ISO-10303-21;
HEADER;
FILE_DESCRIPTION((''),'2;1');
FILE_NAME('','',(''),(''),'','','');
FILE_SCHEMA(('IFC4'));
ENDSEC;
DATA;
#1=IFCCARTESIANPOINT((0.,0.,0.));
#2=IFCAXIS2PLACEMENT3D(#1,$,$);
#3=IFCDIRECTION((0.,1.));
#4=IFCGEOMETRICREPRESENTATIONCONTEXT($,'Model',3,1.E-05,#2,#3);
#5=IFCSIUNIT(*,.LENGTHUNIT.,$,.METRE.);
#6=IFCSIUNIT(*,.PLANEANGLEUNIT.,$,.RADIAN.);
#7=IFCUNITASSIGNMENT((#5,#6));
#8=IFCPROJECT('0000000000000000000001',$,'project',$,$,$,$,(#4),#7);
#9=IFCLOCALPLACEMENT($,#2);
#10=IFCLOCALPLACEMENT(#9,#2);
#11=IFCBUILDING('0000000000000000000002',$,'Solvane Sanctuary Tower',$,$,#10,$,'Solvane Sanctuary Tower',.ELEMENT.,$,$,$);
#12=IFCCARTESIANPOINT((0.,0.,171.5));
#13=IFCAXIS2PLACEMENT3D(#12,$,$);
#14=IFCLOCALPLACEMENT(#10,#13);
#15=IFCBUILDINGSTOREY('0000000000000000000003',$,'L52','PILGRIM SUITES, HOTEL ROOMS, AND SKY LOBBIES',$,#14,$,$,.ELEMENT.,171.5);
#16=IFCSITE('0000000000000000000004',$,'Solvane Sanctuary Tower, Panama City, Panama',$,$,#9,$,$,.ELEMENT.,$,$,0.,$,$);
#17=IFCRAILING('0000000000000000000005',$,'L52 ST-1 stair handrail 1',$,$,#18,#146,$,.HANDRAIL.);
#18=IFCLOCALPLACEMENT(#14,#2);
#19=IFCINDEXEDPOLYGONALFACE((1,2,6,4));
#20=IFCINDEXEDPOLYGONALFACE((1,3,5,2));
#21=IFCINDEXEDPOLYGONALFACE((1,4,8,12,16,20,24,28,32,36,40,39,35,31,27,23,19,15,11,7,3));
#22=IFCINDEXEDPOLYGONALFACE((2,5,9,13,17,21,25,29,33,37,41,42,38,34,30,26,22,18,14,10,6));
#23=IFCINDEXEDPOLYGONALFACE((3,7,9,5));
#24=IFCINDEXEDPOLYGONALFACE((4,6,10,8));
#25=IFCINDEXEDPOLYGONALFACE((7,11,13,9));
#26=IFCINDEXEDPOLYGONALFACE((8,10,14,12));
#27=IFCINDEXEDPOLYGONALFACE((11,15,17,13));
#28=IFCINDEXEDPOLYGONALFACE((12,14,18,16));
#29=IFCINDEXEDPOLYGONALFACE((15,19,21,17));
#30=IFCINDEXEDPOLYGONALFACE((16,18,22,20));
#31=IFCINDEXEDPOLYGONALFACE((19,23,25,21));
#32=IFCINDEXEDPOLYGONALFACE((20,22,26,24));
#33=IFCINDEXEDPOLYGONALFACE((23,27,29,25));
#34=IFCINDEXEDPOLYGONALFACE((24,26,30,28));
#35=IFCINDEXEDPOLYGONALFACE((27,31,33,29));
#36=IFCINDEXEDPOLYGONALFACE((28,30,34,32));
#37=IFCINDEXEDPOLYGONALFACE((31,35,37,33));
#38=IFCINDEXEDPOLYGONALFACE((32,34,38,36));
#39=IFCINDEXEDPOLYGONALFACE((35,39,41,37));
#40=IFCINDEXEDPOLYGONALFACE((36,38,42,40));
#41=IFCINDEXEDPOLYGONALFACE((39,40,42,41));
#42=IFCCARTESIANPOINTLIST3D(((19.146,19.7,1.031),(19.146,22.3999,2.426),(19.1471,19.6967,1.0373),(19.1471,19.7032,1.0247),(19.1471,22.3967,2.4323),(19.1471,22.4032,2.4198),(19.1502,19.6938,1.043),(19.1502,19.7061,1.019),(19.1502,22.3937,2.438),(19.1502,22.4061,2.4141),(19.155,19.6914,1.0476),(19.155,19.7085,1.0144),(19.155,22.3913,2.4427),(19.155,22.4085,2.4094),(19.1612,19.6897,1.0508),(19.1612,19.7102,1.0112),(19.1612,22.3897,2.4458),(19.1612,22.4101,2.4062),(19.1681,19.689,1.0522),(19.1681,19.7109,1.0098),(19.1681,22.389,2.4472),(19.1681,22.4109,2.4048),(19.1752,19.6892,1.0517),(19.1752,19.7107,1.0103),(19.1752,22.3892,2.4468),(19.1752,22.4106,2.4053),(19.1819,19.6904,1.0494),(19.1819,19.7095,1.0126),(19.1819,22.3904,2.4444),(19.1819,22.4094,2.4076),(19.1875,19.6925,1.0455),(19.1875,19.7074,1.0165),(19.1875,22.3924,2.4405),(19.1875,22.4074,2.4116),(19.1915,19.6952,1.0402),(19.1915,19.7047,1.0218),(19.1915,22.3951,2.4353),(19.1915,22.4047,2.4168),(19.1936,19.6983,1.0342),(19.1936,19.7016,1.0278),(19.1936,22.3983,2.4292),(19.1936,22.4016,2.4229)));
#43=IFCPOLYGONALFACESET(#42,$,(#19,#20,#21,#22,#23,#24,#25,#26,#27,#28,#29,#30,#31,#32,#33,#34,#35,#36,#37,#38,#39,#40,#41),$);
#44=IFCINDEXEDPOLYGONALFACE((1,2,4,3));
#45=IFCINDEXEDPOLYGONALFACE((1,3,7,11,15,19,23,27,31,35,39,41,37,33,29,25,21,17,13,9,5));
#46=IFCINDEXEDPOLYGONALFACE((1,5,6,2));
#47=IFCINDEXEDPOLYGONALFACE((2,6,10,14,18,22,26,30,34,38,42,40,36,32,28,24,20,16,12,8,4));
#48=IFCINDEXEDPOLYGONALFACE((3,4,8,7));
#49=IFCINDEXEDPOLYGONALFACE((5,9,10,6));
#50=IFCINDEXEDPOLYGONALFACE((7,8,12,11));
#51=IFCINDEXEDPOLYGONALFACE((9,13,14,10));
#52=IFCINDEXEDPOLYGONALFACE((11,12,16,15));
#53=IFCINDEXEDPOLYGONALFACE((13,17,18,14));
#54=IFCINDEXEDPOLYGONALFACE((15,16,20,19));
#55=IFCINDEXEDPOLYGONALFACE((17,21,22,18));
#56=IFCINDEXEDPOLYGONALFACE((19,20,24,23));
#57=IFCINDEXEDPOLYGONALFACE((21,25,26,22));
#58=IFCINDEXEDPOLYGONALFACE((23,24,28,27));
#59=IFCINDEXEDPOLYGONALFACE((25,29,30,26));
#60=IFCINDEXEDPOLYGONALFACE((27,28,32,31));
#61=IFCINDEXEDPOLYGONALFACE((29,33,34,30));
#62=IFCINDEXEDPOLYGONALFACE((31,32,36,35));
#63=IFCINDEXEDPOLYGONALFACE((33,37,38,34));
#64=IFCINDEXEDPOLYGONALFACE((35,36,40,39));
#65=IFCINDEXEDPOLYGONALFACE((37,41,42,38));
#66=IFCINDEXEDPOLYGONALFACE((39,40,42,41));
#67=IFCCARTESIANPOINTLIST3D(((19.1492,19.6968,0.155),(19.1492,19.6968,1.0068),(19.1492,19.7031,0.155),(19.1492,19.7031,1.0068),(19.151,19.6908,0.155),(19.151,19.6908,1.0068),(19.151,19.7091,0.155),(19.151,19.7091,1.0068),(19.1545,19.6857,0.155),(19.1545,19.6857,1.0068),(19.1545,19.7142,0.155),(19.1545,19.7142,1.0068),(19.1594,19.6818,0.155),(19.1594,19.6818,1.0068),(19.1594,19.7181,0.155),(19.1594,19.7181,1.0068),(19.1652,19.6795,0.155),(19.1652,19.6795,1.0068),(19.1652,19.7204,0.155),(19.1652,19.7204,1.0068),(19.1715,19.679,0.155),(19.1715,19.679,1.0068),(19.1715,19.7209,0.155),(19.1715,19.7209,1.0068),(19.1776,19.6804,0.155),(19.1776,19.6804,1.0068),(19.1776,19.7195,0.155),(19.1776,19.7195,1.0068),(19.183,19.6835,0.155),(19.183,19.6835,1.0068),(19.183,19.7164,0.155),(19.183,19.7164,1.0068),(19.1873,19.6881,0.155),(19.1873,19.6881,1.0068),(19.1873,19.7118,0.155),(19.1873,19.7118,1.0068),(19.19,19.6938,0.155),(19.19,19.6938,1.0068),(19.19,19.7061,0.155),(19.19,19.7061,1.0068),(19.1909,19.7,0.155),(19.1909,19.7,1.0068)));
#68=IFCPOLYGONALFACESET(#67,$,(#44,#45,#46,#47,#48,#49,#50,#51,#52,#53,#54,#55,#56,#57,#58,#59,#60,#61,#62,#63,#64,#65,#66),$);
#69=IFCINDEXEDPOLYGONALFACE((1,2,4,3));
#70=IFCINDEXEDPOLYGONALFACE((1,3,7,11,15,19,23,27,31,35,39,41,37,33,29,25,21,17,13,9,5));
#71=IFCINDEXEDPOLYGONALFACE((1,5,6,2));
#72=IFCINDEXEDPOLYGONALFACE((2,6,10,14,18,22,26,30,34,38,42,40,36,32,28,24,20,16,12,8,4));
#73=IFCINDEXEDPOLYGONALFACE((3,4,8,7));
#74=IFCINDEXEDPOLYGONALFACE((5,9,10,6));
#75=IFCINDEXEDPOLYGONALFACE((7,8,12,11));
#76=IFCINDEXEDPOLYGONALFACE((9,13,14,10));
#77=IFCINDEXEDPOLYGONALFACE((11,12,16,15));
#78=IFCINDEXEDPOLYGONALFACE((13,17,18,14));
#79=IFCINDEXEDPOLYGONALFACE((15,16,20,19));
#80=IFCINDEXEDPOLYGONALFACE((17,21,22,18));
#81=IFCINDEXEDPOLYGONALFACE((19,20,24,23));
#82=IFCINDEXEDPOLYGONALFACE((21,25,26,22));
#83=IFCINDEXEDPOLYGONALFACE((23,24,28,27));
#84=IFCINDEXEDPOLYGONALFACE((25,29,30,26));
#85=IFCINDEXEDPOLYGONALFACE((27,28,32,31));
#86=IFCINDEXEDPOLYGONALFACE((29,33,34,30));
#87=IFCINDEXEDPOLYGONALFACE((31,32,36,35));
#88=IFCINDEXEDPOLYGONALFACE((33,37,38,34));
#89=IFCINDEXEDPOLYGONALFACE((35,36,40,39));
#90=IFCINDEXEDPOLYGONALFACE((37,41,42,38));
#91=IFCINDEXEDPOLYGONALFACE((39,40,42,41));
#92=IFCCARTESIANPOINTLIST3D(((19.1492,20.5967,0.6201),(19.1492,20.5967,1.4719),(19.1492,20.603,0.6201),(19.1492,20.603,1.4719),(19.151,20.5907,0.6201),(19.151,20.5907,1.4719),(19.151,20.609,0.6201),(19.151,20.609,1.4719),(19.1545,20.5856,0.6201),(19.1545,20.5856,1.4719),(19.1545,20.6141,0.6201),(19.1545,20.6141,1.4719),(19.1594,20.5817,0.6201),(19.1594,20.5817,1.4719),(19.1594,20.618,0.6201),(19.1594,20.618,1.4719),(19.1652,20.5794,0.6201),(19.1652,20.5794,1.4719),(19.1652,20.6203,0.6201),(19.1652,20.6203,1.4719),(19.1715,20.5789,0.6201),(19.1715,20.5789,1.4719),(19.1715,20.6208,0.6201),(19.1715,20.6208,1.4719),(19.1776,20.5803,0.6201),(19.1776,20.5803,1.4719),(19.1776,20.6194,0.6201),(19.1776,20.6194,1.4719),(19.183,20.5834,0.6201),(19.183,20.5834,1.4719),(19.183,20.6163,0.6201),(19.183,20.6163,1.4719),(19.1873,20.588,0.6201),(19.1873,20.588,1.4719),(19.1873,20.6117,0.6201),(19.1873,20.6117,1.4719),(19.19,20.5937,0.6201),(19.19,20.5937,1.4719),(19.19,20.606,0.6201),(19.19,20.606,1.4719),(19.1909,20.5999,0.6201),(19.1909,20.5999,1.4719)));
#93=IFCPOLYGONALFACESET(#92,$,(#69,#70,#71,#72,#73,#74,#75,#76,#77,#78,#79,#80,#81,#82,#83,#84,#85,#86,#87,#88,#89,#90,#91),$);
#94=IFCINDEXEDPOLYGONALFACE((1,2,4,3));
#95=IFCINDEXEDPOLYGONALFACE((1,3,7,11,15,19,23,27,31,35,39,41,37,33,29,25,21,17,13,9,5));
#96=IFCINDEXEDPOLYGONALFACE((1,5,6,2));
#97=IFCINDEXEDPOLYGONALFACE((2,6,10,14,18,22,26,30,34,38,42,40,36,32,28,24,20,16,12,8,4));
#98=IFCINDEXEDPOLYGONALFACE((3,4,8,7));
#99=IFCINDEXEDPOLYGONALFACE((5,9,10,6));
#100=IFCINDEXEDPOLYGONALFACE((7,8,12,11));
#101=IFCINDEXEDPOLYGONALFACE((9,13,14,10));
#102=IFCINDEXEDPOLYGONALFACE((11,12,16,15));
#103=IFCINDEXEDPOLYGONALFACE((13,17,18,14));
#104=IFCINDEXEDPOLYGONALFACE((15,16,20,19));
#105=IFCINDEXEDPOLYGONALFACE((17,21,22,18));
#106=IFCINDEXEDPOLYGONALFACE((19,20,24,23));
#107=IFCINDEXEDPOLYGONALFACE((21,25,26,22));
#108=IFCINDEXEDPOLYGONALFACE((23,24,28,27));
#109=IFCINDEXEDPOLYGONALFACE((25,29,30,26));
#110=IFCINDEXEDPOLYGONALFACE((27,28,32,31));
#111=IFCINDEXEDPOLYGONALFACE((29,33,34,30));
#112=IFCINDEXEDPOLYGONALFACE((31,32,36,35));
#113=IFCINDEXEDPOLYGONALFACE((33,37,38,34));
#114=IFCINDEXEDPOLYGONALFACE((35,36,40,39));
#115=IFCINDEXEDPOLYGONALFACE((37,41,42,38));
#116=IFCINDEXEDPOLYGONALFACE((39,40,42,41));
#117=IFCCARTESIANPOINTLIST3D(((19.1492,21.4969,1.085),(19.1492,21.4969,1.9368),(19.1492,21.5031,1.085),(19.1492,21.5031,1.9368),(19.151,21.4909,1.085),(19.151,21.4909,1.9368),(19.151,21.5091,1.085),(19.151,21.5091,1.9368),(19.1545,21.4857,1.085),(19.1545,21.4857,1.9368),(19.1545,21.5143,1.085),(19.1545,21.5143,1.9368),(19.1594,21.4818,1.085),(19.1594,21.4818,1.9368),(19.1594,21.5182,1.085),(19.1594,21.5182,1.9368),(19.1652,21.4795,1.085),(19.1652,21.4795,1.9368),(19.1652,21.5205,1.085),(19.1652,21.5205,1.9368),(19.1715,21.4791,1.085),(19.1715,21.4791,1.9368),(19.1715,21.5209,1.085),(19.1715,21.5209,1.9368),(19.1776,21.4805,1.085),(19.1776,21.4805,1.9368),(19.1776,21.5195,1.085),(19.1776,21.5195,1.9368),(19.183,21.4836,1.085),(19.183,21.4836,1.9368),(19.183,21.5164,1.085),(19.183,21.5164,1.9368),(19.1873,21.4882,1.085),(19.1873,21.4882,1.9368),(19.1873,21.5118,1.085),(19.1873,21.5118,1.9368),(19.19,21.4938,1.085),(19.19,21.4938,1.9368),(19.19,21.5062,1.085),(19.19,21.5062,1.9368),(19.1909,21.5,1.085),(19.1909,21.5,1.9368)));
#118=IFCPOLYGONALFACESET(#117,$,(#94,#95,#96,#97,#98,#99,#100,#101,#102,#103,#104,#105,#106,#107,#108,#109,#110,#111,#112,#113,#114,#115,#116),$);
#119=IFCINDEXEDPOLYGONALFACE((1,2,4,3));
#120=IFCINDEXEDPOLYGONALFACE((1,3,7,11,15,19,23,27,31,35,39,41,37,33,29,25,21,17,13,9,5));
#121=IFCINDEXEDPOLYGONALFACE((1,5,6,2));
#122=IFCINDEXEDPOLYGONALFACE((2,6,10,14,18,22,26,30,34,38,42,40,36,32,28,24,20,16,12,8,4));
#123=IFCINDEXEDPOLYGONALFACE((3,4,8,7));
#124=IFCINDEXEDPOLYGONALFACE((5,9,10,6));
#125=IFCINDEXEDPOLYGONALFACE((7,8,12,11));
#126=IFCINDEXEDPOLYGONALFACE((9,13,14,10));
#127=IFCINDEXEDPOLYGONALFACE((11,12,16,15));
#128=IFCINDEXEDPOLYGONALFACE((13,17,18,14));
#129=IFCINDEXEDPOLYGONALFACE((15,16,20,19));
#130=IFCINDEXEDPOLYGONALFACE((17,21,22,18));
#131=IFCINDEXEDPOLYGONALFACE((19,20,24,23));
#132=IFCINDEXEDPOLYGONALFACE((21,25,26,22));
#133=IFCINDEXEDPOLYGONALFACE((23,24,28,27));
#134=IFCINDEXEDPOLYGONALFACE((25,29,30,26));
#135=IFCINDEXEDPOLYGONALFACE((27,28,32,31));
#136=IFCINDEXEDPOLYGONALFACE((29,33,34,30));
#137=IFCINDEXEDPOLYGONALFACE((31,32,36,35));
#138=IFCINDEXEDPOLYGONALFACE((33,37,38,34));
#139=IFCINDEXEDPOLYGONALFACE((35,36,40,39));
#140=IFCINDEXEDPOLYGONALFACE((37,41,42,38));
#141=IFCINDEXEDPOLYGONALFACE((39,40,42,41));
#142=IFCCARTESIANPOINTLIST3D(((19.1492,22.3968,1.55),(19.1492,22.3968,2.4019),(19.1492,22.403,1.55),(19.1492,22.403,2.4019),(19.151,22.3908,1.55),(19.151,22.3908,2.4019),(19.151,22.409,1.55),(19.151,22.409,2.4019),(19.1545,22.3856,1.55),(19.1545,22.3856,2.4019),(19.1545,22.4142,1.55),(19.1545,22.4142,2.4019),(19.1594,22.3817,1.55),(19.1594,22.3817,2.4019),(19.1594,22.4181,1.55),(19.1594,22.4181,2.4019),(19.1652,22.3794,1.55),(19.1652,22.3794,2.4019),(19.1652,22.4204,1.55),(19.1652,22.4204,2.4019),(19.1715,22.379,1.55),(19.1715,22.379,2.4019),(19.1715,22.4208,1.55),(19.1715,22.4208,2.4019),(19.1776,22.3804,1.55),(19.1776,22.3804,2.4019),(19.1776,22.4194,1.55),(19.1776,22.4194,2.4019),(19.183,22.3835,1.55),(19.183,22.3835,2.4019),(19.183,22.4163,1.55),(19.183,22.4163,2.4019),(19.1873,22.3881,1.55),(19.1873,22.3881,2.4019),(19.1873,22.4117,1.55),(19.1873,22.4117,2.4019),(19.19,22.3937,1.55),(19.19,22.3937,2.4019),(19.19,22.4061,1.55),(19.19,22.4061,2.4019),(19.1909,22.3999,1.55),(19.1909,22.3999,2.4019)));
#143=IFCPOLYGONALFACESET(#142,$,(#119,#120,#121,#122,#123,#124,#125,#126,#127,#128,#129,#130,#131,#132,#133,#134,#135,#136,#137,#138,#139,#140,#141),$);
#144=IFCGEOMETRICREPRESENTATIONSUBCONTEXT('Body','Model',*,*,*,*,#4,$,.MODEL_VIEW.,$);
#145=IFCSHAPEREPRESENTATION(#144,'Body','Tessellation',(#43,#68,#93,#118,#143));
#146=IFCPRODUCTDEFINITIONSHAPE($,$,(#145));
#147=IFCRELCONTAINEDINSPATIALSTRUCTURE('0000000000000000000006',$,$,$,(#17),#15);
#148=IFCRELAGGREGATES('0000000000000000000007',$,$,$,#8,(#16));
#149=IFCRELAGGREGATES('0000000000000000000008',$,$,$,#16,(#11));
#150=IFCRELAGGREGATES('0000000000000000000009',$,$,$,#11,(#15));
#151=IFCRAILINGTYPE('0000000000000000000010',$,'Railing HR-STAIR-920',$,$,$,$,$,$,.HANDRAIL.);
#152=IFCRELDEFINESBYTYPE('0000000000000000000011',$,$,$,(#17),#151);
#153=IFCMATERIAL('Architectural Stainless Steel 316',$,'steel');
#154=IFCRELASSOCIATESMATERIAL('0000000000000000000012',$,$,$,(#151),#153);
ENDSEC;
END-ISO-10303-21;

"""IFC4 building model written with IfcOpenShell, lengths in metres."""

from ifc_helpers import new_model, si_unit, direction, frame, origin, origin_2d, place, context, subcontext, project, spatial, circle, extrude, material, type_object, element, save


model = new_model("IFC4")

# Units and contexts
model_context = context("Model", 3, precision=1e-05, world=origin(), true_north=direction((0.0, 1.0)))
body_context = subcontext(model_context, "Body", "Model", "MODEL_VIEW")
ifc_project = project(units=[si_unit("LENGTHUNIT", "METRE"), si_unit("PLANEANGLEUNIT", "RADIAN")], contexts=[model_context])

# Site, building, storey
site_placement = place(None, origin())
site = spatial("IfcSite", under=ifc_project, at=site_placement, Name="Solvane Sanctuary Tower, Panama City, Panama", CompositionType="ELEMENT", RefElevation=0.0)
building_placement = place(site_placement, origin())
building = spatial("IfcBuilding", under=site, at=building_placement, Name="Solvane Sanctuary Tower", LongName="Solvane Sanctuary Tower", CompositionType="ELEMENT")
storey_placement = place(building_placement, frame((0.0, 0.0, 171.5)))
storey = spatial("IfcBuildingStorey", under=building, at=storey_placement, Name="L52", Description="PILGRIM SUITES, HOTEL ROOMS, AND SKY LOBBIES", CompositionType="ELEMENT", Elevation=171.5)

# Shared definitions
ifc_material_1 = material(Name="Architectural Stainless Steel 316", Category="steel")

# Railing
railing_type_1 = type_object("IfcRailingType", Name="Railing HR-STAIR-920", PredefinedType="HANDRAIL", material=ifc_material_1)
railing_1_placement = place(storey_placement, frame((19.1699, 19.7, 0.155)))
element("IfcRailing", 1, at=railing_1_placement, inside=storey, type_object=railing_type_1, Name="L52 ST-1 stair handrail 1", PredefinedType="HANDRAIL", context=body_context, shape_type="SweptSolid", body=[
    extrude(circle(Radius=0.0239, at=origin_2d()), frame((0.0, 0.0, 0.876), z_axis=(0.0, 0.88842, 0.459032), x_axis=(-1.0, 0.0, 0.0)), (0.0, 0.0, 1.0), 3.0391),
    extrude(circle(Radius=0.021, at=origin_2d()), origin(), (0.0, 0.0, 1.0), 0.8518),
    extrude(circle(Radius=0.021, at=origin_2d()), frame((0.0, 0.8999, 0.4651)), (0.0, 0.0, 1.0), 0.8518),
    extrude(circle(Radius=0.021, at=origin_2d()), frame((0.0, 1.8, 0.9299)), (0.0, 0.0, 1.0), 0.8518),
    extrude(circle(Radius=0.021, at=origin_2d()), frame((0.0, 2.7, 1.395)), (0.0, 0.0, 1.0), 0.8518),
])

save(model, "model.ifc")
